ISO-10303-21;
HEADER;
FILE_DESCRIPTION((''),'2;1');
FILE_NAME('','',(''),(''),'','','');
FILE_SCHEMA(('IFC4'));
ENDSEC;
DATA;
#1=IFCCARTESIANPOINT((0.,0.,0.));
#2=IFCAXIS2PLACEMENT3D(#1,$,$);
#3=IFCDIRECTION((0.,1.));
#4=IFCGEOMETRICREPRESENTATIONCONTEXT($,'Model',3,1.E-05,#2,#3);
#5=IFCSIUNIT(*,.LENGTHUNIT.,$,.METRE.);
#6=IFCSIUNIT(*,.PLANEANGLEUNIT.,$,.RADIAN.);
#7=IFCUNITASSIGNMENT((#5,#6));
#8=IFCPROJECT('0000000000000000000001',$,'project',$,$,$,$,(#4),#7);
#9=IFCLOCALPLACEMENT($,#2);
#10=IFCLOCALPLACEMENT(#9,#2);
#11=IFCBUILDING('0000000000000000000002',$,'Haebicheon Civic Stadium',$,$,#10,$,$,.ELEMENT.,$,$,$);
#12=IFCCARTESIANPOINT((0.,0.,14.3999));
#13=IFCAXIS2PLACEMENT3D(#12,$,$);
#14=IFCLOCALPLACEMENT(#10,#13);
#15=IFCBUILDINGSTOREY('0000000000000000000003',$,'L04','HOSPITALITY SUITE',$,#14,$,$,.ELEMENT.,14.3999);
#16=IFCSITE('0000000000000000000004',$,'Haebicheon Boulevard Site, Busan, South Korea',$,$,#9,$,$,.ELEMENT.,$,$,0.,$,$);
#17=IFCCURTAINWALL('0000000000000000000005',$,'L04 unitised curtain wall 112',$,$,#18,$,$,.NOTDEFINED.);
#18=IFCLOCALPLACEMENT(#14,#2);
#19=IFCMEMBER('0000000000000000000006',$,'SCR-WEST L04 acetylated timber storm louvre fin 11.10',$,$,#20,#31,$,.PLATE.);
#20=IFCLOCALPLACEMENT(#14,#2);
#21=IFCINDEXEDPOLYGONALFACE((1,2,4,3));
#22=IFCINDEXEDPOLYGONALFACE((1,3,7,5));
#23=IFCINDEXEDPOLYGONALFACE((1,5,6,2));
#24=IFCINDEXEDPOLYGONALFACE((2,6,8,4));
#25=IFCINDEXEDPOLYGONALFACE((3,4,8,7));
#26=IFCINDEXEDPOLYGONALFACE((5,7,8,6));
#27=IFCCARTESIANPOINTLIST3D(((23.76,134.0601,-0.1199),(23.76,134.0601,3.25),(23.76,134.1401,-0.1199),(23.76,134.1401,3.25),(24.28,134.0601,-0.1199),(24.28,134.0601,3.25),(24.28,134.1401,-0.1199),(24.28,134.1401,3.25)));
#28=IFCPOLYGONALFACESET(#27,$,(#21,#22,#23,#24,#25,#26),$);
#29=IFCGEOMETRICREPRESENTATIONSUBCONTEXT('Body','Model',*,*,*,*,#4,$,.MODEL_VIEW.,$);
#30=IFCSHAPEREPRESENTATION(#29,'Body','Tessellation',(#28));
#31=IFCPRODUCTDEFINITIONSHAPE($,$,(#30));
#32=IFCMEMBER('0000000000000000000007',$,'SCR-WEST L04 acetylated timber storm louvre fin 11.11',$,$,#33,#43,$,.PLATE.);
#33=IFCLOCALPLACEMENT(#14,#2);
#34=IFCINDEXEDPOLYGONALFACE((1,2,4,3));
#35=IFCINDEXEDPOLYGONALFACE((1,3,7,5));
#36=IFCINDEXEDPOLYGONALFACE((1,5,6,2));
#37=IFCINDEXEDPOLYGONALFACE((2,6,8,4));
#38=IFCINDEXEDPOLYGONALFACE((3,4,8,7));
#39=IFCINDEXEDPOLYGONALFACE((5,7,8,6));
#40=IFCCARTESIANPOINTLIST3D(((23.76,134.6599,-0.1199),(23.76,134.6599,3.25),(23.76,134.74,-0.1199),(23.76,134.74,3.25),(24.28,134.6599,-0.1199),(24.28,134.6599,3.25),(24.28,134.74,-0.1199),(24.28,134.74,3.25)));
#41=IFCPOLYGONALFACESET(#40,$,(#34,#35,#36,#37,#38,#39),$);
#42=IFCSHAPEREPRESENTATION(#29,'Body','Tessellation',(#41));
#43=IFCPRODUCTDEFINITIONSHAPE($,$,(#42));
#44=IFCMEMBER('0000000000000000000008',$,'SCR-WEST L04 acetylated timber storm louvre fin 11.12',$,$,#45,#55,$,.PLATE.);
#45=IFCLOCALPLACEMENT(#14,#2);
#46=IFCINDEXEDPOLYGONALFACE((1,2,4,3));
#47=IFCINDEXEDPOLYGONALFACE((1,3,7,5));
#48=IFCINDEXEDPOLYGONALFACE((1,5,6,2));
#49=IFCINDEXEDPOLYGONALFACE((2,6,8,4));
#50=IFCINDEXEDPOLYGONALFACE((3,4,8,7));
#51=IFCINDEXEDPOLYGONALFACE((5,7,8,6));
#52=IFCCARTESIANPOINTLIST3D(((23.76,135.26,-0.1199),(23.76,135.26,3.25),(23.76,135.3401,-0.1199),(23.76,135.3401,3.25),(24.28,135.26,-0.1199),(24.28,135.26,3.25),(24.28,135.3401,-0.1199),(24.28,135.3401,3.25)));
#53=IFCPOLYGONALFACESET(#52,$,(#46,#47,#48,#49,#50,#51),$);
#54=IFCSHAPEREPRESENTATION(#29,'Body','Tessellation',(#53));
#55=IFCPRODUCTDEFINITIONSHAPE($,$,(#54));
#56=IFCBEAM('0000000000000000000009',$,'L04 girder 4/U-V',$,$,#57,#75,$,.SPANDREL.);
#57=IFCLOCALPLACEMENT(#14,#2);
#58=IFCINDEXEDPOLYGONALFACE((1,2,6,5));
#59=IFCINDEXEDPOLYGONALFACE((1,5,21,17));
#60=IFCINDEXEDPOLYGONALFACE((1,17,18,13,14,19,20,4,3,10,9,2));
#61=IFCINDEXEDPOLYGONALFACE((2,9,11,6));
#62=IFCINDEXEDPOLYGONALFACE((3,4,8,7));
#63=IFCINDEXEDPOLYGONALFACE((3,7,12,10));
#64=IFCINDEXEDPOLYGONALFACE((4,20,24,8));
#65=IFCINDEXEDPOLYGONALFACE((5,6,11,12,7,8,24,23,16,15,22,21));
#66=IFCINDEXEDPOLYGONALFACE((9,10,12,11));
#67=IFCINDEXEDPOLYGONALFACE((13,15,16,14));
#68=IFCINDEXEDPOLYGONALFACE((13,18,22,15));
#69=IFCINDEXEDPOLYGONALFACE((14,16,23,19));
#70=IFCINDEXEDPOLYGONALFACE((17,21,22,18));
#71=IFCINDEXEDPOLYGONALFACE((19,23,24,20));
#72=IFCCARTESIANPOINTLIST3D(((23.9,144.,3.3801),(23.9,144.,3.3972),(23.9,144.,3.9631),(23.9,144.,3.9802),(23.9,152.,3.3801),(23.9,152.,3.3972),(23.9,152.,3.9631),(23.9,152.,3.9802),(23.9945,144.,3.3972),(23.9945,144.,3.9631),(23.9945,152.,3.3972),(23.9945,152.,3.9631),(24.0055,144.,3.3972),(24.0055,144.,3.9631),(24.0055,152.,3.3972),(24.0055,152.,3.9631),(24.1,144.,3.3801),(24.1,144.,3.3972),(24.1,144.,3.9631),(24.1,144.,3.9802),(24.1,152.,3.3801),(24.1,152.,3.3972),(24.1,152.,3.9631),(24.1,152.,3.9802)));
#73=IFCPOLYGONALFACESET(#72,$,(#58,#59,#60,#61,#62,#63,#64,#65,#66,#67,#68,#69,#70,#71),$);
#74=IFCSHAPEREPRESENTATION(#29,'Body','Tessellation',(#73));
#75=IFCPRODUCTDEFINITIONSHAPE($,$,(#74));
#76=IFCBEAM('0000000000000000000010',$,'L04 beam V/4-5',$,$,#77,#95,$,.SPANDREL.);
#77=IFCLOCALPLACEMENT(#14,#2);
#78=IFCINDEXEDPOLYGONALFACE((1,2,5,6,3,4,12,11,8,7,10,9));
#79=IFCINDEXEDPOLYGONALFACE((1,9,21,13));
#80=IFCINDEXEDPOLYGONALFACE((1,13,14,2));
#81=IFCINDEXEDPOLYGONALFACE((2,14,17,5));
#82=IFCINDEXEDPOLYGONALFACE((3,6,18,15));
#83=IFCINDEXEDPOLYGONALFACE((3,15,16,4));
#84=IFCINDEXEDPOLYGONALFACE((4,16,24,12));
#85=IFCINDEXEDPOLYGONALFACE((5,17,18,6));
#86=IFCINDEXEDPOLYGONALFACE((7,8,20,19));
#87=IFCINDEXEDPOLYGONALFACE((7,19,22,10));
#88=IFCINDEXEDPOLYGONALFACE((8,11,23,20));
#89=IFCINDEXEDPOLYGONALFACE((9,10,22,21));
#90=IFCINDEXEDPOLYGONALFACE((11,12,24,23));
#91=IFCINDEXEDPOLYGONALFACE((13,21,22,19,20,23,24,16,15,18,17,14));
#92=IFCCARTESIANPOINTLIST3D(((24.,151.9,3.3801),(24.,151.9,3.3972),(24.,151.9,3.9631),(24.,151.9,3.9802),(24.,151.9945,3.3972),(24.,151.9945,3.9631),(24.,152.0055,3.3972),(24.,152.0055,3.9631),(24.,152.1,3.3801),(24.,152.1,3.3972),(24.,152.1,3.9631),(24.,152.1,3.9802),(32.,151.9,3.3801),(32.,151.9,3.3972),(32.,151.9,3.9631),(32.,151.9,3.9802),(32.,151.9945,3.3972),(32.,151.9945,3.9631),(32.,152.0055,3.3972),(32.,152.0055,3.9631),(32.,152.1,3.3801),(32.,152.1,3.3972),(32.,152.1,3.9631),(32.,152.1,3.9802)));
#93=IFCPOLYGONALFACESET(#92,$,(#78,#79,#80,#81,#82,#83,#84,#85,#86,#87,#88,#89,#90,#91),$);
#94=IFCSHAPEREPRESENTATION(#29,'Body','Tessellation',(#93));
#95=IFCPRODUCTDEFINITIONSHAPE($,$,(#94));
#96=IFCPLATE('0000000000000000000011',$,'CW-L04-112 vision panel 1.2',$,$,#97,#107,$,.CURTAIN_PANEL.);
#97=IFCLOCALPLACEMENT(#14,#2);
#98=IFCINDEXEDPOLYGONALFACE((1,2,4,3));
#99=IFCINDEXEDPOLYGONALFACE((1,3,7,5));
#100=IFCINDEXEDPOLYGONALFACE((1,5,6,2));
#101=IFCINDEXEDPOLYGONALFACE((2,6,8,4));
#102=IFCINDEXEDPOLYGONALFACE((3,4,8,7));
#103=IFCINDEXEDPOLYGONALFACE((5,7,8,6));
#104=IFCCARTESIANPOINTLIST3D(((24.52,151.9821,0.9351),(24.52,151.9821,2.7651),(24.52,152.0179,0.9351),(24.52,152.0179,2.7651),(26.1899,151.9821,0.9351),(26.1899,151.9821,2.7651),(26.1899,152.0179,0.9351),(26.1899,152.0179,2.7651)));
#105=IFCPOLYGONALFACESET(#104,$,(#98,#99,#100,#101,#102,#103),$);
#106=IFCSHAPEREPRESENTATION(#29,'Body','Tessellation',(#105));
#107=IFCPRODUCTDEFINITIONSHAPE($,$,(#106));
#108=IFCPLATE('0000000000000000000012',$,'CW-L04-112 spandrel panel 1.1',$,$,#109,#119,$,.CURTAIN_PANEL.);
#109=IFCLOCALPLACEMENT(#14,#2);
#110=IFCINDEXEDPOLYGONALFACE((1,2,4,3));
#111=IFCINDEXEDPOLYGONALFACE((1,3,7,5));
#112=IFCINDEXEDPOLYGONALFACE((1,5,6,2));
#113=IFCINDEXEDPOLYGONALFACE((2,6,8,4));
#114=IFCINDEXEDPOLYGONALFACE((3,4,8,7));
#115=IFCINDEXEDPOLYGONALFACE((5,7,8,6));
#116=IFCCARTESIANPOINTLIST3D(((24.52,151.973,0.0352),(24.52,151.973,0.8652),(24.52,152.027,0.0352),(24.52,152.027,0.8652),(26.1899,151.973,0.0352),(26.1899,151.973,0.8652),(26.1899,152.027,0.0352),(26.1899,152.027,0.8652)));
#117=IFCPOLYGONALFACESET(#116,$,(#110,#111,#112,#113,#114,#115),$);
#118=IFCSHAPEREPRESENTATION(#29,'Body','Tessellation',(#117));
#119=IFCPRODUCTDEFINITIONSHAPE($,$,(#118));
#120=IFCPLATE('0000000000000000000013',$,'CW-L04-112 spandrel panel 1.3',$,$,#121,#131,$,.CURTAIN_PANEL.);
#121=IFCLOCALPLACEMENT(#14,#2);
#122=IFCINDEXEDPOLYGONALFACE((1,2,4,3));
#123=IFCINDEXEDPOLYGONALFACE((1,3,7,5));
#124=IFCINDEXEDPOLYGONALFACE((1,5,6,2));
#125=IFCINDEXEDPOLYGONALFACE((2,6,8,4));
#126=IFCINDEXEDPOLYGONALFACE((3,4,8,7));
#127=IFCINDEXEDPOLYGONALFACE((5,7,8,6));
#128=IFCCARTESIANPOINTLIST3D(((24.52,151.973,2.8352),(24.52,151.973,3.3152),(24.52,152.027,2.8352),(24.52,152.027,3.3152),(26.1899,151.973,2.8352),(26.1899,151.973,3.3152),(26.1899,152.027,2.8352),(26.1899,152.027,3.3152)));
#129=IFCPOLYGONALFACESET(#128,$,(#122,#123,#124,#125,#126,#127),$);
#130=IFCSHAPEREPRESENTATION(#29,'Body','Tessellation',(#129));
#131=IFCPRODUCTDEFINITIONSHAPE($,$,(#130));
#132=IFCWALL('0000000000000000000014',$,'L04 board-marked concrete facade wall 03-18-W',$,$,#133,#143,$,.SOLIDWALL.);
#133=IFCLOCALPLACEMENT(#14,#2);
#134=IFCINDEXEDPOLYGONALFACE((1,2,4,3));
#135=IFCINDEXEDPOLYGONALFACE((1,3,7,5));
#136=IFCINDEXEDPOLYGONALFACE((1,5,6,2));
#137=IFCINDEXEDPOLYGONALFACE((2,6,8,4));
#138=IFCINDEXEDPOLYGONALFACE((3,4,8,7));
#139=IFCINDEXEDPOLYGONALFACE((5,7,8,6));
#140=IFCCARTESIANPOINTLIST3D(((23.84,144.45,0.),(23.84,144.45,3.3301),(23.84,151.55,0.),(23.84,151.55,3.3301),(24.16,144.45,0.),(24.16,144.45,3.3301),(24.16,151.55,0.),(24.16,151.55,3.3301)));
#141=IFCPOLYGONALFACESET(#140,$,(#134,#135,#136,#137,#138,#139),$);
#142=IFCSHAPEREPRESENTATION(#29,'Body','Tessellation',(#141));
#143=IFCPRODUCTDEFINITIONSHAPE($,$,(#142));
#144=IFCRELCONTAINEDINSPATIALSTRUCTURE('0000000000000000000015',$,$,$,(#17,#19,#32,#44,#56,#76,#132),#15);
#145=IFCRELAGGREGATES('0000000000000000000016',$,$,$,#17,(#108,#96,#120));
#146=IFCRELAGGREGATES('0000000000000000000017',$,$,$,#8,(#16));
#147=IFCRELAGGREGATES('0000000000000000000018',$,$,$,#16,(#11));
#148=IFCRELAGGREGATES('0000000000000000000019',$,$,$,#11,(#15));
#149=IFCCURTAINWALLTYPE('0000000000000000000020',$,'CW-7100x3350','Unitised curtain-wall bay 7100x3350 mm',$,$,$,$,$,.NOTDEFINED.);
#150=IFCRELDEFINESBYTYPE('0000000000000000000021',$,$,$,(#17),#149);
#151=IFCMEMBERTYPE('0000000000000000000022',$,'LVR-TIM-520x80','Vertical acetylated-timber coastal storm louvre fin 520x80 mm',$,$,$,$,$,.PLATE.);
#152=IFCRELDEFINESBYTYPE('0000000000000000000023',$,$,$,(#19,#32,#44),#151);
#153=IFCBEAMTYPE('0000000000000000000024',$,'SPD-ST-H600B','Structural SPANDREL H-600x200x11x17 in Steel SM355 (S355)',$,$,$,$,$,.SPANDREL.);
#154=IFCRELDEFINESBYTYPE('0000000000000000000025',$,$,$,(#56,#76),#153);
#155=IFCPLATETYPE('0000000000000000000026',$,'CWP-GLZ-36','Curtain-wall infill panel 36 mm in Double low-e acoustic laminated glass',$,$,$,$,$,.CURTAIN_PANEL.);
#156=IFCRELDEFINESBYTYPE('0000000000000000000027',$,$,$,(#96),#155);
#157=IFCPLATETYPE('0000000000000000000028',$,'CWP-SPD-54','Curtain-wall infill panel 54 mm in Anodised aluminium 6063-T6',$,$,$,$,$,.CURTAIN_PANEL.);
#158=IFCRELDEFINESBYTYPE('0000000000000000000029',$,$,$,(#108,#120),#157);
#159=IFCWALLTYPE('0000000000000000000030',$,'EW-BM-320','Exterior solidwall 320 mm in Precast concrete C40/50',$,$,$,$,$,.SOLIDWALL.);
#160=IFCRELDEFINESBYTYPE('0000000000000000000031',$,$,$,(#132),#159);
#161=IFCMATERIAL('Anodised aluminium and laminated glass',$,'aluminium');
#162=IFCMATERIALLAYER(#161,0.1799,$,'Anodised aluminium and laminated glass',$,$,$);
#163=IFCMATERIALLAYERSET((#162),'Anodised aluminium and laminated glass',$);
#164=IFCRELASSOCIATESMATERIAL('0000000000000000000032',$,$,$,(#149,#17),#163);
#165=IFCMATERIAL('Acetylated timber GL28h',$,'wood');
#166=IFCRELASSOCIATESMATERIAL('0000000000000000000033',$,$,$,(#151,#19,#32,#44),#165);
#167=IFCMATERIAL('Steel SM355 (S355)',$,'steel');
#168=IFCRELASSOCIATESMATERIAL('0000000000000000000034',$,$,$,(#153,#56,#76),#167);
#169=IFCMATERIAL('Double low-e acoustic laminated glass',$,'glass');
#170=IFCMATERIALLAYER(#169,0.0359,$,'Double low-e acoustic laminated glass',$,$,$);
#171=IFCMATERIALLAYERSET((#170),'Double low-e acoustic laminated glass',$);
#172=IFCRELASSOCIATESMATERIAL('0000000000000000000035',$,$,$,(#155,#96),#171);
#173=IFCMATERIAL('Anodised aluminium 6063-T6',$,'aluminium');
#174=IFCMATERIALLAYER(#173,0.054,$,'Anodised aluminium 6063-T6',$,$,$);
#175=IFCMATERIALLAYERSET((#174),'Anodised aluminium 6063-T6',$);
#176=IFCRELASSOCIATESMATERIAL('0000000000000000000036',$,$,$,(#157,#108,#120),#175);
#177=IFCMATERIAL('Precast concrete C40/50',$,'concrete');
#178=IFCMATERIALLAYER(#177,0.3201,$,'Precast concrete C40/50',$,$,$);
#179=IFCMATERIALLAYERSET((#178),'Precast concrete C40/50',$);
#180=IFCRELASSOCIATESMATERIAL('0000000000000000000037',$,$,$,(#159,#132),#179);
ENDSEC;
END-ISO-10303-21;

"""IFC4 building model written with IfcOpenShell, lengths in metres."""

from ifc_helpers import new_model, si_unit, direction, frame, frame_2d, origin, origin_2d, place, context, subcontext, project, spatial, rectangle, i_section, extrude, material, layer, layer_set, material_profile, profile_set, type_object, element, aggregate, save


model = new_model("IFC4")

# Units and contexts
model_context = context("Model", 3, precision=1e-05, world=origin(), true_north=direction((0.0, 1.0)))
body_context = subcontext(model_context, "Body", "Model", "MODEL_VIEW")
ifc_project = project(units=[si_unit("LENGTHUNIT", "METRE"), si_unit("PLANEANGLEUNIT", "RADIAN")], contexts=[model_context])

# Site, building, storey
site_placement = place(None, origin())
site = spatial("IfcSite", under=ifc_project, at=site_placement, Name="Haebicheon Boulevard Site, Busan, South Korea", CompositionType="ELEMENT", RefElevation=0.0)
building_placement = place(site_placement, origin())
building = spatial("IfcBuilding", under=site, at=building_placement, Name="Haebicheon Civic Stadium", CompositionType="ELEMENT")
storey_placement = place(building_placement, frame((0.0, 0.0, 14.3999)))
storey = spatial("IfcBuildingStorey", under=building, at=storey_placement, Name="L04", Description="HOSPITALITY SUITE", CompositionType="ELEMENT", Elevation=14.3999)

# Curtain wall
ifc_material_1 = material(Name="Anodised aluminium and laminated glass", Category="aluminium")
ifc_layer_1 = layer(ifc_material_1, 0.1799, Name="Anodised aluminium and laminated glass")
ifc_layer_set_1 = layer_set([ifc_layer_1], Name="Anodised aluminium and laminated glass")
curtain_wall_type_1 = type_object("IfcCurtainWallType", Name="CW-7100x3350", Description="Unitised curtain-wall bay 7100x3350 mm", PredefinedType="NOTDEFINED", material=ifc_layer_set_1)
curtain_wall_1_placement = place(storey_placement, origin())
curtain_wall_1 = element("IfcCurtainWall", 1, at=curtain_wall_1_placement, inside=storey, type_object=curtain_wall_type_1, material=ifc_layer_set_1, Name="L04 unitised curtain wall 112", PredefinedType="NOTDEFINED")

# Members
ifc_material_2 = material(Name="Acetylated timber GL28h", Category="wood")
ifc_material_profile_1 = material_profile(ifc_material_2, rectangle(XDim=0.0801, YDim=0.52, at=origin_2d()), Name="TMB-LOUV-80x520")
ifc_profile_set_1 = profile_set([ifc_material_profile_1], Name="Acetylated timber GL28h")
member_type_1 = type_object("IfcMemberType", Name="LVR-TIM-520x80", Description="Vertical acetylated-timber coastal storm louvre fin 520x80 mm", PredefinedType="PLATE", material=ifc_profile_set_1)
for number, where, z_axis, x_axis, name in (
    (2, (24.02, 134.1001, -0.1199), (0.0, 0.0, 1.0), (0.0, 1.0, 0.0), "SCR-WEST L04 acetylated timber storm louvre fin 11.10"),
    (3, (24.02, 134.7, -0.1199), (0.0, 0.0, 1.0), (0.0, 1.0, 0.0), "SCR-WEST L04 acetylated timber storm louvre fin 11.11"),
    (4, (24.02, 135.3, -0.1199), (0.0, 0.0, 1.0), (0.0, 1.0, 0.0), "SCR-WEST L04 acetylated timber storm louvre fin 11.12"),
):
    element("IfcMember", number, at=place(storey_placement, frame(where, z_axis=z_axis, x_axis=x_axis)), inside=storey, type_object=member_type_1, material=ifc_profile_set_1, Name=name, PredefinedType="PLATE", context=body_context, shape_type="SweptSolid", body=[
        extrude(rectangle(XDim=0.0801, YDim=0.52, at=origin_2d()), origin(), (0.0, 0.0, 1.0), 3.3699),
    ])

# Beams
ifc_material_3 = material(Name="Steel SM355 (S355)", Category="steel")
ifc_material_profile_2 = material_profile(ifc_material_3, i_section(OverallWidth=0.2, OverallDepth=0.6001, WebThickness=0.011, FlangeThickness=0.0171, at=origin_2d()), Name="H-600x200x11x17")
ifc_profile_set_2 = profile_set([ifc_material_profile_2], Name="Steel SM355 (S355)")
beam_type_1 = type_object("IfcBeamType", Name="SPD-ST-H600B", Description="Structural SPANDREL H-600x200x11x17 in Steel SM355 (S355)", PredefinedType="SPANDREL", material=ifc_profile_set_2)
for number, where, z_axis, x_axis, name in (
    (5, (24.0, 144.0, 3.6802), (0.0, 1.0, 0.0), (-1.0, 0.0, 0.0), "L04 girder 4/U-V"),
    (6, (24.0, 152.0, 3.6802), (1.0, 0.0, 0.0), (0.0, 1.0, 0.0), "L04 beam V/4-5"),
):
    element("IfcBeam", number, at=place(storey_placement, frame(where, z_axis=z_axis, x_axis=x_axis)), inside=storey, type_object=beam_type_1, material=ifc_profile_set_2, Name=name, PredefinedType="SPANDREL", context=body_context, shape_type="SweptSolid", body=[
        extrude(i_section(OverallWidth=0.2, OverallDepth=0.6001, WebThickness=0.011, FlangeThickness=0.0171, at=origin_2d()), origin(), (0.0, 0.0, 1.0), 8.0),
    ])

# Plates
ifc_material_4 = material(Name="Double low-e acoustic laminated glass", Category="glass")
ifc_layer_2 = layer(ifc_material_4, 0.0359, Name="Double low-e acoustic laminated glass")
ifc_layer_set_2 = layer_set([ifc_layer_2], Name="Double low-e acoustic laminated glass")
plate_type_1 = type_object("IfcPlateType", Name="CWP-GLZ-36", Description="Curtain-wall infill panel 36 mm in Double low-e acoustic laminated glass", PredefinedType="CURTAIN_PANEL", material=ifc_layer_set_2)
plate_1_placement = place(storey_placement, frame((25.355, 152.0, 0.9351), z_axis=(0.0, 0.0, 1.0), x_axis=(1.0, 0.0, 0.0)))
plate_1 = element("IfcPlate", 7, at=plate_1_placement, type_object=plate_type_1, material=ifc_layer_set_2, Name="CW-L04-112 vision panel 1.2", PredefinedType="CURTAIN_PANEL", context=body_context, shape_type="SweptSolid", body=[
    extrude(rectangle(XDim=1.6699, YDim=0.0359, at=origin_2d()), origin(), (0.0, 0.0, 1.0), 1.8301),
])
ifc_material_5 = material(Name="Anodised aluminium 6063-T6", Category="aluminium")
ifc_layer_3 = layer(ifc_material_5, 0.054, Name="Anodised aluminium 6063-T6")
ifc_layer_set_3 = layer_set([ifc_layer_3], Name="Anodised aluminium 6063-T6")
plate_type_2 = type_object("IfcPlateType", Name="CWP-SPD-54", Description="Curtain-wall infill panel 54 mm in Anodised aluminium 6063-T6", PredefinedType="CURTAIN_PANEL", material=ifc_layer_set_3)
plate_2_placement = place(storey_placement, frame((25.355, 152.0, 0.0352), z_axis=(0.0, 0.0, 1.0), x_axis=(1.0, 0.0, 0.0)))
plate_2 = element("IfcPlate", 8, at=plate_2_placement, type_object=plate_type_2, material=ifc_layer_set_3, Name="CW-L04-112 spandrel panel 1.1", PredefinedType="CURTAIN_PANEL", context=body_context, shape_type="SweptSolid", body=[
    extrude(rectangle(XDim=1.6699, YDim=0.054, at=origin_2d()), origin(), (0.0, 0.0, 1.0), 0.8301),
])
plate_3_placement = place(storey_placement, frame((25.355, 152.0, 2.8352), z_axis=(0.0, 0.0, 1.0), x_axis=(1.0, 0.0, 0.0)))
plate_3 = element("IfcPlate", 9, at=plate_3_placement, type_object=plate_type_2, material=ifc_layer_set_3, Name="CW-L04-112 spandrel panel 1.3", PredefinedType="CURTAIN_PANEL", context=body_context, shape_type="SweptSolid", body=[
    extrude(rectangle(XDim=1.6699, YDim=0.054, at=origin_2d()), origin(), (0.0, 0.0, 1.0), 0.48),
])
aggregate(curtain_wall_1, [plate_2, plate_1, plate_3])

# Wall
ifc_material_6 = material(Name="Precast concrete C40/50", Category="concrete")
ifc_layer_4 = layer(ifc_material_6, 0.3201, Name="Precast concrete C40/50")
ifc_layer_set_4 = layer_set([ifc_layer_4], Name="Precast concrete C40/50")
wall_type = type_object("IfcWallType", Name="EW-BM-320", Description="Exterior solidwall 320 mm in Precast concrete C40/50", PredefinedType="SOLIDWALL", material=ifc_layer_set_4)
wall_placement = place(storey_placement, frame((24.0, 144.45, 0.0), z_axis=(0.0, 0.0, 1.0), x_axis=(0.0, 1.0, 0.0)))
element("IfcWall", 10, at=wall_placement, inside=storey, type_object=wall_type, material=ifc_layer_set_4, Name="L04 board-marked concrete facade wall 03-18-W", PredefinedType="SOLIDWALL", context=body_context, shape_type="SweptSolid", body=[
    extrude(rectangle(XDim=7.1001, YDim=0.3201, at=frame_2d((3.55, 0.0))), origin(), (0.0, 0.0, 1.0), 3.3301),
])

save(model, "model.ifc")
